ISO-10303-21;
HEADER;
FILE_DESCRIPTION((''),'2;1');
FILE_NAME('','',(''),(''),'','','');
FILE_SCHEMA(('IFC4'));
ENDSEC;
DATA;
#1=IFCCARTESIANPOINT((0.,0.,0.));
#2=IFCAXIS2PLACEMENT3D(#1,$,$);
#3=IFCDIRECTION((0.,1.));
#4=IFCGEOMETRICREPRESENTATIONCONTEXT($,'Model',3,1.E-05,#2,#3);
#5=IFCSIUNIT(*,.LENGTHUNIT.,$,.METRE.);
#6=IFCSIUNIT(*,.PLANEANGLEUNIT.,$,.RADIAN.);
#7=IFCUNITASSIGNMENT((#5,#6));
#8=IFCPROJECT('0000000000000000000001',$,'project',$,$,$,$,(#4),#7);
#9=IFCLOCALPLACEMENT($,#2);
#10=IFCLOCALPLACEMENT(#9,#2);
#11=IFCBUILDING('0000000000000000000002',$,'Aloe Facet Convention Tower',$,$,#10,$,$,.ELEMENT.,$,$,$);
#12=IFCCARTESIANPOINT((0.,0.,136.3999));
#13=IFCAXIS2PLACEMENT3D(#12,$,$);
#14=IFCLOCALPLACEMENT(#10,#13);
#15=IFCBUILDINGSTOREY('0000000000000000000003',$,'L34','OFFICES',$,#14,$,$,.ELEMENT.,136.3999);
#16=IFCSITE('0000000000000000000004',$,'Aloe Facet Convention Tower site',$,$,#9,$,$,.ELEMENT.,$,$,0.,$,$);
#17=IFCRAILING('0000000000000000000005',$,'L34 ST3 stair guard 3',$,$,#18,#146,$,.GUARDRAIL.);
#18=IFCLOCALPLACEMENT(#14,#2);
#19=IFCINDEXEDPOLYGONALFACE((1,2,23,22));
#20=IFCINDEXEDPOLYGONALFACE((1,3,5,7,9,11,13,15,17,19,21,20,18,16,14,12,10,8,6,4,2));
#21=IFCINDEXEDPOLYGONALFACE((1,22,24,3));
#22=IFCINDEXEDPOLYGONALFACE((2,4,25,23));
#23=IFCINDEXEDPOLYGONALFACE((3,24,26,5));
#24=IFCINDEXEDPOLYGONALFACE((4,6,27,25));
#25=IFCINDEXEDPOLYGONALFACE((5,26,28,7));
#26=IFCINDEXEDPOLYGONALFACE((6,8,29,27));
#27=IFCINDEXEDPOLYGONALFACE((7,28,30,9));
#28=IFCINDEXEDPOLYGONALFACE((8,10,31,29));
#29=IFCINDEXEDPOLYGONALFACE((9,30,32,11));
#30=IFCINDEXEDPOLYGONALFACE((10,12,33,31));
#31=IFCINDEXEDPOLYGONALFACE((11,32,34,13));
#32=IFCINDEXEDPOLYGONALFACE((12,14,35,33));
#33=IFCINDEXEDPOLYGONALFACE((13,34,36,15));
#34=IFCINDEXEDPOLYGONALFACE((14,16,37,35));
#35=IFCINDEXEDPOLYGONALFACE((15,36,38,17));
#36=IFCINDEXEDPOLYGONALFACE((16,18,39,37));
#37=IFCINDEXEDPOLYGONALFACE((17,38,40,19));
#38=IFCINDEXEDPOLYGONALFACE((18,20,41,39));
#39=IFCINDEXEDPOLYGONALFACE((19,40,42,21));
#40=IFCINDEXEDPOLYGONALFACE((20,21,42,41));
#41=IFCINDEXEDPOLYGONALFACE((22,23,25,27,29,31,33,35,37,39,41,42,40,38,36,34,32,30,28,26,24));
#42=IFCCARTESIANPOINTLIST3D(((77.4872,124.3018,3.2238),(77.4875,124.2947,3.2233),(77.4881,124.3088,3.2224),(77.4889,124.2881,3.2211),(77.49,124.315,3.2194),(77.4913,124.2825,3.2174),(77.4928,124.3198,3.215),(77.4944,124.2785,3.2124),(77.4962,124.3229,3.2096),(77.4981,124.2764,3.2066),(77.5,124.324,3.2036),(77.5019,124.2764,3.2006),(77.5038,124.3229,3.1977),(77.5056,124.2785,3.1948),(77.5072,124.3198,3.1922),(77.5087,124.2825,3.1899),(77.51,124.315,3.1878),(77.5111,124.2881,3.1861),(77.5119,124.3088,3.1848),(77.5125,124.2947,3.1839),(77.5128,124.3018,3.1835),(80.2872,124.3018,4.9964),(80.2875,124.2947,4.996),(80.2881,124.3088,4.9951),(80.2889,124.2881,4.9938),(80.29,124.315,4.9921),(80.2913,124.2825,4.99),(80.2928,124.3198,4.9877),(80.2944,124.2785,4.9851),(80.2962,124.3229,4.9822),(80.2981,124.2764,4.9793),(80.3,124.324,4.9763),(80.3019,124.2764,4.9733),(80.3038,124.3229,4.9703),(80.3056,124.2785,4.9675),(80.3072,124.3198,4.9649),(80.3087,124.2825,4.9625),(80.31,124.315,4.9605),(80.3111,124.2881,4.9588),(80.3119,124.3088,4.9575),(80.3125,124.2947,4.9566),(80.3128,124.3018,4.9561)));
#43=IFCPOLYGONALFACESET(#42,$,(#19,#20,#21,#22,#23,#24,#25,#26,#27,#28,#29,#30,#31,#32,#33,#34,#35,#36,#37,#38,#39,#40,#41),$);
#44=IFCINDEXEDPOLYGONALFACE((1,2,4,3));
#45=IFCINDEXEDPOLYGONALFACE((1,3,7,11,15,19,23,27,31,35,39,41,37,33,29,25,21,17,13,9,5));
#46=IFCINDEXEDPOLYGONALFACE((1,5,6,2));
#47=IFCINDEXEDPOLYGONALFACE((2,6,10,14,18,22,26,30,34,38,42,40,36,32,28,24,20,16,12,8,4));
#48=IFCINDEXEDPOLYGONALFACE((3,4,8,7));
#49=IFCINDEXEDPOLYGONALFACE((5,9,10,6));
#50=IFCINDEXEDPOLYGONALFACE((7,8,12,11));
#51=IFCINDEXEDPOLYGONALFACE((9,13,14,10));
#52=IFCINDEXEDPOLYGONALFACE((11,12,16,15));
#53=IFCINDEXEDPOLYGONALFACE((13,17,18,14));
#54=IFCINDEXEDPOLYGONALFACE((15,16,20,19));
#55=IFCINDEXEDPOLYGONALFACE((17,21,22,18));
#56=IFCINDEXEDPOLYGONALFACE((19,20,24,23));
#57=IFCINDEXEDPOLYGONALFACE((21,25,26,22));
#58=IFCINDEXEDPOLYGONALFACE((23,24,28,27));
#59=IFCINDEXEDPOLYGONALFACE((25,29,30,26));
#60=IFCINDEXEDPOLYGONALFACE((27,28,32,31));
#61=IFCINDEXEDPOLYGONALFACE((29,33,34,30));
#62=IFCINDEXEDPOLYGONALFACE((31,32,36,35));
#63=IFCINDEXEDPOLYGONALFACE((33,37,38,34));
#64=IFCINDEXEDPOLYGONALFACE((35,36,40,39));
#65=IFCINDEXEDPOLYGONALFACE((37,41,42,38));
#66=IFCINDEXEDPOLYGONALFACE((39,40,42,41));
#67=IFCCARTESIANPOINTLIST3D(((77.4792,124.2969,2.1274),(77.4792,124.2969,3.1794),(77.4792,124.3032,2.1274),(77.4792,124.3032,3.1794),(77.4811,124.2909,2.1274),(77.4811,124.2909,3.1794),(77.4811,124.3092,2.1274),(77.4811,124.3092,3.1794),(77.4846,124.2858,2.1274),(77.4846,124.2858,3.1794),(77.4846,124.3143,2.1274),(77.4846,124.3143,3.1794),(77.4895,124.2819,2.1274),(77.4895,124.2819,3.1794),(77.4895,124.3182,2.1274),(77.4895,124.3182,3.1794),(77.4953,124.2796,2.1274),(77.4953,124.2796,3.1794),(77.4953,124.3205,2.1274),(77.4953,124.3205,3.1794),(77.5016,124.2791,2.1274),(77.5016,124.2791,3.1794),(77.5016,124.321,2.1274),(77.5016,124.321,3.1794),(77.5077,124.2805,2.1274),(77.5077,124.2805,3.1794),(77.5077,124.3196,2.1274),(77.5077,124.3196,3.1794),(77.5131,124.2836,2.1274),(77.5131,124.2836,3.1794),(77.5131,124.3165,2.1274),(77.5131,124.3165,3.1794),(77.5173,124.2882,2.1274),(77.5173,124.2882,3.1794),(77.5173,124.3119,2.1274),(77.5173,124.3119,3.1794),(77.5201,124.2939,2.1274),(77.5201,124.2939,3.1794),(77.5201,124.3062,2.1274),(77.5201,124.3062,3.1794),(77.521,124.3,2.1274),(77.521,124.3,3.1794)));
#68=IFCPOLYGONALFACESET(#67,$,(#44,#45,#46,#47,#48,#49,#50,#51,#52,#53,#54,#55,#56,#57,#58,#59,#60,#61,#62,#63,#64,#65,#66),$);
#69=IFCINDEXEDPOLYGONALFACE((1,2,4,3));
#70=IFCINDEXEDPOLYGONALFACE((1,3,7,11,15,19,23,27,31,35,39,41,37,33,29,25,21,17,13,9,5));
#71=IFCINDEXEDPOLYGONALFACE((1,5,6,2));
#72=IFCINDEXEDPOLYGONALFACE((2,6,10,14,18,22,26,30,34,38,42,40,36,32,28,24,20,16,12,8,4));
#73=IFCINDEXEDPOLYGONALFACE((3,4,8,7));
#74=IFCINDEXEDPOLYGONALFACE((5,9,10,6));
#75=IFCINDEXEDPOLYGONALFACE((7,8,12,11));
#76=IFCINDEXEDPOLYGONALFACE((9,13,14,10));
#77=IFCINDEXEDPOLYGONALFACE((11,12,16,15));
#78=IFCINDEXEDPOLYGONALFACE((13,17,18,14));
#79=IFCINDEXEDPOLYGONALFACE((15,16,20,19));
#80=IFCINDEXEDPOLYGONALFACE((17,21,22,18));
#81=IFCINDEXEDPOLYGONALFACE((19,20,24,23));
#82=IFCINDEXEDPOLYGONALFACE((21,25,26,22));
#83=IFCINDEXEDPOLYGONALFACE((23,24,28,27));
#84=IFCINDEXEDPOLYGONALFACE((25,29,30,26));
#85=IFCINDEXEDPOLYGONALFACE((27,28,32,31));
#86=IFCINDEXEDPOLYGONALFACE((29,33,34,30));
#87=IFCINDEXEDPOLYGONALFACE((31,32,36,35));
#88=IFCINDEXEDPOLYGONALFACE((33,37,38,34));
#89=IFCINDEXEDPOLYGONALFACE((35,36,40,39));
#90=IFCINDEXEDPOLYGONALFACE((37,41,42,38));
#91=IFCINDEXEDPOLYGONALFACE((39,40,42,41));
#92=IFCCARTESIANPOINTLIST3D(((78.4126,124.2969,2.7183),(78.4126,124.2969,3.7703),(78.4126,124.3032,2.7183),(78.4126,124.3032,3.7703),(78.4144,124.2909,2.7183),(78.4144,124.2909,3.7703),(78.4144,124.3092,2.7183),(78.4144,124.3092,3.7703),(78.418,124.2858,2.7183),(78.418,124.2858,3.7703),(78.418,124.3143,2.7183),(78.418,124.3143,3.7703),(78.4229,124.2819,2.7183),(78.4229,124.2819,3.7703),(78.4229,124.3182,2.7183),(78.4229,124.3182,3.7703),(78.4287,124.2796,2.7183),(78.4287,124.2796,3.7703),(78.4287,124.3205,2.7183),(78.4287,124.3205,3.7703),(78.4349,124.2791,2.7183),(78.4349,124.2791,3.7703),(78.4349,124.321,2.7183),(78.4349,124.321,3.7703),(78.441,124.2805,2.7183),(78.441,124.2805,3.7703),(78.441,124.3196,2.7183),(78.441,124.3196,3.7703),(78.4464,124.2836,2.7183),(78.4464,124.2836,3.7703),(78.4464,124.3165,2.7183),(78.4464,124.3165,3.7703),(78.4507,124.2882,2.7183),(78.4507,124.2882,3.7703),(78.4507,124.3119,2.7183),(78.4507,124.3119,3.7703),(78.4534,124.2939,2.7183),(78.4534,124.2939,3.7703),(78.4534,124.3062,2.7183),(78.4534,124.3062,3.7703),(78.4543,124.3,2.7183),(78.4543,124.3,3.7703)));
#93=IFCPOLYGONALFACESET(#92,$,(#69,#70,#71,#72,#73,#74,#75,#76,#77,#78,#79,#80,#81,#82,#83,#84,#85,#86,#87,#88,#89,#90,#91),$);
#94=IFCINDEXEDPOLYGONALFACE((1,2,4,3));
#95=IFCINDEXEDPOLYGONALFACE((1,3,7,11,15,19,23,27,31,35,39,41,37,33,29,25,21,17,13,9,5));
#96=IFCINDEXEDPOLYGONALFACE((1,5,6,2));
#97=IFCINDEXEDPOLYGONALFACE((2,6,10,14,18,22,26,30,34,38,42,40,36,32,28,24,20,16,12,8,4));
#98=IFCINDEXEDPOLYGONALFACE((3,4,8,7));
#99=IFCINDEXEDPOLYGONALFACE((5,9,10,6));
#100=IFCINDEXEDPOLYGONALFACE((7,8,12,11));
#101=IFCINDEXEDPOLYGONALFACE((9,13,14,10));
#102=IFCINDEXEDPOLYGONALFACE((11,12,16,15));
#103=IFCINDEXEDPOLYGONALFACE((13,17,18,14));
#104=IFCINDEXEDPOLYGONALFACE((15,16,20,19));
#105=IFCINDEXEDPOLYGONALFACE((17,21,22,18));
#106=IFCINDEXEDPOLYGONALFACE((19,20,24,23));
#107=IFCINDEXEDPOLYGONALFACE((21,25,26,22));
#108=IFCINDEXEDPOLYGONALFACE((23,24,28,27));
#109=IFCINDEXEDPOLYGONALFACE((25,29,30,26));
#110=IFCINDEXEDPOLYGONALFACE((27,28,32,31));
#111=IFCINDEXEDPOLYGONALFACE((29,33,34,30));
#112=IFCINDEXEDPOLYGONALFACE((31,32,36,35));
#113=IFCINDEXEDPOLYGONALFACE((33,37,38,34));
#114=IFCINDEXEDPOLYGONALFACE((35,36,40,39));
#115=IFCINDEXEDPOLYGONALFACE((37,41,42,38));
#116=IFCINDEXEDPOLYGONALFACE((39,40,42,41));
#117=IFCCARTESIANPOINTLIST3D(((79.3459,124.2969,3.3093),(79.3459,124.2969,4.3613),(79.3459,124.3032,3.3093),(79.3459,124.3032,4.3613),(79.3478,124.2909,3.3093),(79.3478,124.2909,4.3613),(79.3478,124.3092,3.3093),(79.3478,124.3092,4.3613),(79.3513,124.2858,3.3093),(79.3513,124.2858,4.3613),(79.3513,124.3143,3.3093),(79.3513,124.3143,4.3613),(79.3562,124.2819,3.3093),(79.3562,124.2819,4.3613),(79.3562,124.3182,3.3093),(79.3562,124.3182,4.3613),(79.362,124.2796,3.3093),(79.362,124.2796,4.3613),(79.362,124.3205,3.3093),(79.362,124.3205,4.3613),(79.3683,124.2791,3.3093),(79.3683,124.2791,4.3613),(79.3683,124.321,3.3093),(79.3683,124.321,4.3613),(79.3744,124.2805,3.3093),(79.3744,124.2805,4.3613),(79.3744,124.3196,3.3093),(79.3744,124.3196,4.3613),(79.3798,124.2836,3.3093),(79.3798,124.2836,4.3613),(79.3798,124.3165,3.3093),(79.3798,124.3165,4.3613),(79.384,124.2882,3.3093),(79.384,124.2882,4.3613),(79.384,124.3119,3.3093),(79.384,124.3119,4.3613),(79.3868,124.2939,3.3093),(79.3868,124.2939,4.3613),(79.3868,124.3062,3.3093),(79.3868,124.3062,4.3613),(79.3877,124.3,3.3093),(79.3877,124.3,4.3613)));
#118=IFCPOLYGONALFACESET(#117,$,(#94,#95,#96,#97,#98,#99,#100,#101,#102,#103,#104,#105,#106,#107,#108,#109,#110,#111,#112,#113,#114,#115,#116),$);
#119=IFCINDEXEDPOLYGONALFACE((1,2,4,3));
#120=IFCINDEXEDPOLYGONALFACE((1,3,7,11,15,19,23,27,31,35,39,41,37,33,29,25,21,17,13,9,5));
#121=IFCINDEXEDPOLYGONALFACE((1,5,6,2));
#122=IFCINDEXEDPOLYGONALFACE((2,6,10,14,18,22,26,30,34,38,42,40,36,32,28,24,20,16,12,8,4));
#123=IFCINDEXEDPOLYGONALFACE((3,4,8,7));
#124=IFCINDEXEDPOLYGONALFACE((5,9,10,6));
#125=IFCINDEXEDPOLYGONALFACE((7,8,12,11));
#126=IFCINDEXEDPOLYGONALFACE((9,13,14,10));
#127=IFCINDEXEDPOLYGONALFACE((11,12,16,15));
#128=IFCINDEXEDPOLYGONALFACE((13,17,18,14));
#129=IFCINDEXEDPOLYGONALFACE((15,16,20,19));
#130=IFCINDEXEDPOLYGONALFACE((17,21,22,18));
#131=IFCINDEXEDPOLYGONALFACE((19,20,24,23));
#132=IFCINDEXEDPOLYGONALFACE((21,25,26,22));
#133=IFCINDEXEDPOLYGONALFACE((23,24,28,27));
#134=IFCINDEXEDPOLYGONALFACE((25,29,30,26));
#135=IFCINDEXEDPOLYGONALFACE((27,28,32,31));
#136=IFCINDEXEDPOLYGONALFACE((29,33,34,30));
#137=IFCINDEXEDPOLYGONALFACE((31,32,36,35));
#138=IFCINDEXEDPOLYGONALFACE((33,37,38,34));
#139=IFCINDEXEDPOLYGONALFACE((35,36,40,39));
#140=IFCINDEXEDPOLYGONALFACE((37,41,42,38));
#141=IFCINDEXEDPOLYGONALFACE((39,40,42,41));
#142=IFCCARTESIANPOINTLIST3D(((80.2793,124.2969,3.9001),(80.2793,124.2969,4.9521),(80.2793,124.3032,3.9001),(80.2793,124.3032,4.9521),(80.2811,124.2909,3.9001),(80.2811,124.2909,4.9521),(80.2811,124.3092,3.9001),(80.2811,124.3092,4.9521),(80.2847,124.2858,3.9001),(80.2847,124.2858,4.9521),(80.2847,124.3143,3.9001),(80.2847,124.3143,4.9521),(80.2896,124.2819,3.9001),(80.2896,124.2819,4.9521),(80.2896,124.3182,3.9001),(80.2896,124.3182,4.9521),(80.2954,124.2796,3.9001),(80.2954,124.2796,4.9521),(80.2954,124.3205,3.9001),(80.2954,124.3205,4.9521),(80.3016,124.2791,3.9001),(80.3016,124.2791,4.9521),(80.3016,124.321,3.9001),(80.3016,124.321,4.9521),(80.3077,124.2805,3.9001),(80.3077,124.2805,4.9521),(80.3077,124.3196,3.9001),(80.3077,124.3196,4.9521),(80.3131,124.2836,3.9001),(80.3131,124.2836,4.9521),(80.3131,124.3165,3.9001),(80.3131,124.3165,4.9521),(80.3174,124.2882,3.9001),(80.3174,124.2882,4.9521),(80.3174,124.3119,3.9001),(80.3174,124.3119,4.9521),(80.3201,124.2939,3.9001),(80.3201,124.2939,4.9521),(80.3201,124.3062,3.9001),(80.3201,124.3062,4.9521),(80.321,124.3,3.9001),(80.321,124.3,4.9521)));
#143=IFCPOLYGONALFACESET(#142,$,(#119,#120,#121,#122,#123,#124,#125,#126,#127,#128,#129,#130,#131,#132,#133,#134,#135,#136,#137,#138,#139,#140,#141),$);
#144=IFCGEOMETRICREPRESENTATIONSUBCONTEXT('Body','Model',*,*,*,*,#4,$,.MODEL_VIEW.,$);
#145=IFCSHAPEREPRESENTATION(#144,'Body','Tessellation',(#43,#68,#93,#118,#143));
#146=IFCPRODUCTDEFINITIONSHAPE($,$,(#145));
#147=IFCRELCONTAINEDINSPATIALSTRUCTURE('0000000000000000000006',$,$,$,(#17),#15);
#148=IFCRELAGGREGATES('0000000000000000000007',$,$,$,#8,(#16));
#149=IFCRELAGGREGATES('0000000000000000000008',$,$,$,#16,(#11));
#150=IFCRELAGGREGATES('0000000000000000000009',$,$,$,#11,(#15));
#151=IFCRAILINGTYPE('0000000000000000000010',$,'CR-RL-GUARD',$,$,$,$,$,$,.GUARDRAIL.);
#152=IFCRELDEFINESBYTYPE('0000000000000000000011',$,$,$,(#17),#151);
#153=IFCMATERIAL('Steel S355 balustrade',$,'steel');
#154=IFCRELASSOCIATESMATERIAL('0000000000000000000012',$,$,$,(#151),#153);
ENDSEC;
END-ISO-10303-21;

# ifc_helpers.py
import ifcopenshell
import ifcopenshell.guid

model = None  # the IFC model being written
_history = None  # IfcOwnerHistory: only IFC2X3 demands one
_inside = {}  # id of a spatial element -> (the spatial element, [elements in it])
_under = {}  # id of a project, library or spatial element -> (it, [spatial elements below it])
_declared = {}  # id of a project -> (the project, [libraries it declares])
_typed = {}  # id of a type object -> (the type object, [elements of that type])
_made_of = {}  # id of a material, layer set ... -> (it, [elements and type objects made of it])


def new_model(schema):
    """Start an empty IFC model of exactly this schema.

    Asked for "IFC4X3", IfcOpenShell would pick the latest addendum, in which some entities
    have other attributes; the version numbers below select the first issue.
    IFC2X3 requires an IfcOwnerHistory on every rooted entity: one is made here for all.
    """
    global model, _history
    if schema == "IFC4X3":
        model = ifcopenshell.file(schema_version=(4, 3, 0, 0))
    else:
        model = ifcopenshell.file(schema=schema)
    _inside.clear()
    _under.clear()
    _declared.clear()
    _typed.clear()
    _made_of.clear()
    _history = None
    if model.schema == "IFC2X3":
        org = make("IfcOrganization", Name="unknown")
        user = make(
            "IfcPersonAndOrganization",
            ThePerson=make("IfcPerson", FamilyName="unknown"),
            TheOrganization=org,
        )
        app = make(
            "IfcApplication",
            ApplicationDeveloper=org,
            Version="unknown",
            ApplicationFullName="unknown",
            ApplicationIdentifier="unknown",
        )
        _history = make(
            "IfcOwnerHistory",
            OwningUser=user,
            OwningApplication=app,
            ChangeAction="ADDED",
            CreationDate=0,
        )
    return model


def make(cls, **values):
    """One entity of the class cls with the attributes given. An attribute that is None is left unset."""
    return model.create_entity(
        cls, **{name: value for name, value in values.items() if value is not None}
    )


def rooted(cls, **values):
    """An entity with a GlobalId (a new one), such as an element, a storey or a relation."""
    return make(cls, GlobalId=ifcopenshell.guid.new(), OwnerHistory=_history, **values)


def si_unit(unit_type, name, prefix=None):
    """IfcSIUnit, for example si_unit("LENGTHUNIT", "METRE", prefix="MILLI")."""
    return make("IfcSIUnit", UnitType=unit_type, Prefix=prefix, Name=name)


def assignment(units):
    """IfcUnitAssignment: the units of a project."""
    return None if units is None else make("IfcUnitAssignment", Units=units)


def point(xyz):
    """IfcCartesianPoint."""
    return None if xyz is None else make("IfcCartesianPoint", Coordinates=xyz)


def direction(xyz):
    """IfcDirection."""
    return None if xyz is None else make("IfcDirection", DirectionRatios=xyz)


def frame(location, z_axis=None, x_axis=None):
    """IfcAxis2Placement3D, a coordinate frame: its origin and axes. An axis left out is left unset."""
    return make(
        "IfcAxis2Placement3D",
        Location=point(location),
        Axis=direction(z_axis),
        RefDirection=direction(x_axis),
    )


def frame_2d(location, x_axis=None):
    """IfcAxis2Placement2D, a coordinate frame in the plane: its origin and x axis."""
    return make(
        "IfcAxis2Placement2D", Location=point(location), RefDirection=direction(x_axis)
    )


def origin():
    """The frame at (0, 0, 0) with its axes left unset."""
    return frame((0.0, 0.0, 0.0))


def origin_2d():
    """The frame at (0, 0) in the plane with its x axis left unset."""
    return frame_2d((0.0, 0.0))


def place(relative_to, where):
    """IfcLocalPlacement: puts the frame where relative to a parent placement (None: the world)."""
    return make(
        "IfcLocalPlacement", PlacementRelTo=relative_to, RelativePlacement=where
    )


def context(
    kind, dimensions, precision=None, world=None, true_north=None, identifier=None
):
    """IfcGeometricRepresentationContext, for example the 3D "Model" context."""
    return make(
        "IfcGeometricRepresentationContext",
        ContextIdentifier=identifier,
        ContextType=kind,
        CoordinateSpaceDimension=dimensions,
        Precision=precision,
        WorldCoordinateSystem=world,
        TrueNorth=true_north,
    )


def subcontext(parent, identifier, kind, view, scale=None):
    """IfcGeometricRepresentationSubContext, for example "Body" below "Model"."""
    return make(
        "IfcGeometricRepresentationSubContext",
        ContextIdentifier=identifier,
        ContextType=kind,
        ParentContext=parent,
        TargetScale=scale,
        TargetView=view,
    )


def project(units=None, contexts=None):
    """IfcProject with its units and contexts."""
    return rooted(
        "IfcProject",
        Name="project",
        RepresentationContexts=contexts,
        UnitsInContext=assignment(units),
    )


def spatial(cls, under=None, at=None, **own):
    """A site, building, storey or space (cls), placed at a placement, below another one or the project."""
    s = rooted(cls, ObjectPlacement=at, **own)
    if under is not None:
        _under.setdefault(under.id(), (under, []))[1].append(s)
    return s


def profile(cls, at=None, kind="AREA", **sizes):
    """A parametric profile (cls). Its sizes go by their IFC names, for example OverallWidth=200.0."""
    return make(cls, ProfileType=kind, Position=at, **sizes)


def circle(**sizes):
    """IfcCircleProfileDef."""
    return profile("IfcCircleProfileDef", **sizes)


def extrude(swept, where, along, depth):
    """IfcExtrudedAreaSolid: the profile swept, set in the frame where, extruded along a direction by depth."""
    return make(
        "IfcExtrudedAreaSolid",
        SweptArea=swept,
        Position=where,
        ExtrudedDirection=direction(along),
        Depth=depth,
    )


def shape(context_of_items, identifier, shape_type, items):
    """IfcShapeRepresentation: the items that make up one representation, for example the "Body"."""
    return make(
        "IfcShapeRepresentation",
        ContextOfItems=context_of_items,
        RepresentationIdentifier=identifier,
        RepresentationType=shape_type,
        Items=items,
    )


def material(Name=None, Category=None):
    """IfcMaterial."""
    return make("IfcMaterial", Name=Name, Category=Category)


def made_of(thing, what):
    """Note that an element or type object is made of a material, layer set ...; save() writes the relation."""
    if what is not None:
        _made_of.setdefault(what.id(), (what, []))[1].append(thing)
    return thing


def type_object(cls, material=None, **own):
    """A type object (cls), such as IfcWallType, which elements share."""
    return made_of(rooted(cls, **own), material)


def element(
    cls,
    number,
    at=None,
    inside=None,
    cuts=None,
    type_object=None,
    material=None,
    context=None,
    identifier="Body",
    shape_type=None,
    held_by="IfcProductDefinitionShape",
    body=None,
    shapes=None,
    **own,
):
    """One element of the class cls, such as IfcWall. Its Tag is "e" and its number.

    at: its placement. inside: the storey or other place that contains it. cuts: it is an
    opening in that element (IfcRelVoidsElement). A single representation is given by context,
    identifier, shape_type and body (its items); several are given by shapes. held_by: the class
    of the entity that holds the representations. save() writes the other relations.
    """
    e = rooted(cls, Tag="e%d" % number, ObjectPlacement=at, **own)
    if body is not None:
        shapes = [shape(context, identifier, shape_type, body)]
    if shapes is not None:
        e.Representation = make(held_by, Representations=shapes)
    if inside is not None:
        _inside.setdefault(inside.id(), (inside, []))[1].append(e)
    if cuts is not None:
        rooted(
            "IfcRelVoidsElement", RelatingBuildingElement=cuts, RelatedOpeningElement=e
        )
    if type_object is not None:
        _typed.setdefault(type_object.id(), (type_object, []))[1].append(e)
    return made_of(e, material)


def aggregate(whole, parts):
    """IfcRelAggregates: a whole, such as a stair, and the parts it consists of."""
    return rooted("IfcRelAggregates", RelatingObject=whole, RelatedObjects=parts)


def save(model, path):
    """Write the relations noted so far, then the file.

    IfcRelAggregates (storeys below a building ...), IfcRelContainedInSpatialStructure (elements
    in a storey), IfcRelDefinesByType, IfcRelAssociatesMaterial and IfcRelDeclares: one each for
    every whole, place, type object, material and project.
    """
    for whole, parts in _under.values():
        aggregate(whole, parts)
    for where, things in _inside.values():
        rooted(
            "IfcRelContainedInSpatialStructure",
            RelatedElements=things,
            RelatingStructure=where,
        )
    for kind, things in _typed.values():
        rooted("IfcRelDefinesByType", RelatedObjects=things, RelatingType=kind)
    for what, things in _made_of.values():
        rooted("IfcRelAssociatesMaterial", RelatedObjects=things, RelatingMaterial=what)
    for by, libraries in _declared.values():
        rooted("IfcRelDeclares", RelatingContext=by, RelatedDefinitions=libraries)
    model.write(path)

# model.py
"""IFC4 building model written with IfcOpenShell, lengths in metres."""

from ifc_helpers import new_model, si_unit, direction, frame, origin, origin_2d, place, context, subcontext, project, spatial, circle, extrude, material, type_object, element, save


model = new_model("IFC4")

# Units and contexts
model_context = context("Model", 3, precision=1e-05, world=origin(), true_north=direction((0.0, 1.0)))
body_context = subcontext(model_context, "Body", "Model", "MODEL_VIEW")
ifc_project = project(units=[si_unit("LENGTHUNIT", "METRE"), si_unit("PLANEANGLEUNIT", "RADIAN")], contexts=[model_context])

# Site, building, storey
site_placement = place(None, origin())
site = spatial("IfcSite", under=ifc_project, at=site_placement, Name="Aloe Facet Convention Tower site", CompositionType="ELEMENT", RefElevation=0.0)
building_placement = place(site_placement, origin())
building = spatial("IfcBuilding", under=site, at=building_placement, Name="Aloe Facet Convention Tower", CompositionType="ELEMENT")
storey_placement = place(building_placement, frame((0.0, 0.0, 136.3999)))
storey = spatial("IfcBuildingStorey", under=building, at=storey_placement, Name="L34", Description="OFFICES", CompositionType="ELEMENT", Elevation=136.3999)

# Railing
ifc_material_1 = material(Name="Steel S355 balustrade", Category="steel")
railing_type_1 = type_object("IfcRailingType", Name="CR-RL-GUARD", PredefinedType="GUARDRAIL", material=ifc_material_1)
railing_1_placement = place(storey_placement, frame((77.5, 124.3, 2.1274)))
element("IfcRailing", 1, at=railing_1_placement, inside=storey, type_object=railing_type_1, Name="L34 ST3 stair guard 3", PredefinedType="GUARDRAIL", context=body_context, shape_type="SweptSolid", body=[
    extrude(circle(Radius=0.0239, at=origin_2d()), frame((0.0, 0.0, 1.0762), z_axis=(0.844909, 0.0, 0.53491), x_axis=(0.0, 1.0, 0.0)), (0.0, 0.0, 1.0), 3.314),
    extrude(circle(Radius=0.021, at=origin_2d()), origin(), (0.0, 0.0, 1.0), 1.052),
    extrude(circle(Radius=0.021, at=origin_2d()), frame((0.9333, 0.0, 0.5908)), (0.0, 0.0, 1.0), 1.052),
    extrude(circle(Radius=0.021, at=origin_2d()), frame((1.8667, 0.0, 1.1819)), (0.0, 0.0, 1.0), 1.052),
    extrude(circle(Radius=0.021, at=origin_2d()), frame((2.8, 0.0, 1.7727)), (0.0, 0.0, 1.0), 1.052),
])

save(model, "model.ifc")
